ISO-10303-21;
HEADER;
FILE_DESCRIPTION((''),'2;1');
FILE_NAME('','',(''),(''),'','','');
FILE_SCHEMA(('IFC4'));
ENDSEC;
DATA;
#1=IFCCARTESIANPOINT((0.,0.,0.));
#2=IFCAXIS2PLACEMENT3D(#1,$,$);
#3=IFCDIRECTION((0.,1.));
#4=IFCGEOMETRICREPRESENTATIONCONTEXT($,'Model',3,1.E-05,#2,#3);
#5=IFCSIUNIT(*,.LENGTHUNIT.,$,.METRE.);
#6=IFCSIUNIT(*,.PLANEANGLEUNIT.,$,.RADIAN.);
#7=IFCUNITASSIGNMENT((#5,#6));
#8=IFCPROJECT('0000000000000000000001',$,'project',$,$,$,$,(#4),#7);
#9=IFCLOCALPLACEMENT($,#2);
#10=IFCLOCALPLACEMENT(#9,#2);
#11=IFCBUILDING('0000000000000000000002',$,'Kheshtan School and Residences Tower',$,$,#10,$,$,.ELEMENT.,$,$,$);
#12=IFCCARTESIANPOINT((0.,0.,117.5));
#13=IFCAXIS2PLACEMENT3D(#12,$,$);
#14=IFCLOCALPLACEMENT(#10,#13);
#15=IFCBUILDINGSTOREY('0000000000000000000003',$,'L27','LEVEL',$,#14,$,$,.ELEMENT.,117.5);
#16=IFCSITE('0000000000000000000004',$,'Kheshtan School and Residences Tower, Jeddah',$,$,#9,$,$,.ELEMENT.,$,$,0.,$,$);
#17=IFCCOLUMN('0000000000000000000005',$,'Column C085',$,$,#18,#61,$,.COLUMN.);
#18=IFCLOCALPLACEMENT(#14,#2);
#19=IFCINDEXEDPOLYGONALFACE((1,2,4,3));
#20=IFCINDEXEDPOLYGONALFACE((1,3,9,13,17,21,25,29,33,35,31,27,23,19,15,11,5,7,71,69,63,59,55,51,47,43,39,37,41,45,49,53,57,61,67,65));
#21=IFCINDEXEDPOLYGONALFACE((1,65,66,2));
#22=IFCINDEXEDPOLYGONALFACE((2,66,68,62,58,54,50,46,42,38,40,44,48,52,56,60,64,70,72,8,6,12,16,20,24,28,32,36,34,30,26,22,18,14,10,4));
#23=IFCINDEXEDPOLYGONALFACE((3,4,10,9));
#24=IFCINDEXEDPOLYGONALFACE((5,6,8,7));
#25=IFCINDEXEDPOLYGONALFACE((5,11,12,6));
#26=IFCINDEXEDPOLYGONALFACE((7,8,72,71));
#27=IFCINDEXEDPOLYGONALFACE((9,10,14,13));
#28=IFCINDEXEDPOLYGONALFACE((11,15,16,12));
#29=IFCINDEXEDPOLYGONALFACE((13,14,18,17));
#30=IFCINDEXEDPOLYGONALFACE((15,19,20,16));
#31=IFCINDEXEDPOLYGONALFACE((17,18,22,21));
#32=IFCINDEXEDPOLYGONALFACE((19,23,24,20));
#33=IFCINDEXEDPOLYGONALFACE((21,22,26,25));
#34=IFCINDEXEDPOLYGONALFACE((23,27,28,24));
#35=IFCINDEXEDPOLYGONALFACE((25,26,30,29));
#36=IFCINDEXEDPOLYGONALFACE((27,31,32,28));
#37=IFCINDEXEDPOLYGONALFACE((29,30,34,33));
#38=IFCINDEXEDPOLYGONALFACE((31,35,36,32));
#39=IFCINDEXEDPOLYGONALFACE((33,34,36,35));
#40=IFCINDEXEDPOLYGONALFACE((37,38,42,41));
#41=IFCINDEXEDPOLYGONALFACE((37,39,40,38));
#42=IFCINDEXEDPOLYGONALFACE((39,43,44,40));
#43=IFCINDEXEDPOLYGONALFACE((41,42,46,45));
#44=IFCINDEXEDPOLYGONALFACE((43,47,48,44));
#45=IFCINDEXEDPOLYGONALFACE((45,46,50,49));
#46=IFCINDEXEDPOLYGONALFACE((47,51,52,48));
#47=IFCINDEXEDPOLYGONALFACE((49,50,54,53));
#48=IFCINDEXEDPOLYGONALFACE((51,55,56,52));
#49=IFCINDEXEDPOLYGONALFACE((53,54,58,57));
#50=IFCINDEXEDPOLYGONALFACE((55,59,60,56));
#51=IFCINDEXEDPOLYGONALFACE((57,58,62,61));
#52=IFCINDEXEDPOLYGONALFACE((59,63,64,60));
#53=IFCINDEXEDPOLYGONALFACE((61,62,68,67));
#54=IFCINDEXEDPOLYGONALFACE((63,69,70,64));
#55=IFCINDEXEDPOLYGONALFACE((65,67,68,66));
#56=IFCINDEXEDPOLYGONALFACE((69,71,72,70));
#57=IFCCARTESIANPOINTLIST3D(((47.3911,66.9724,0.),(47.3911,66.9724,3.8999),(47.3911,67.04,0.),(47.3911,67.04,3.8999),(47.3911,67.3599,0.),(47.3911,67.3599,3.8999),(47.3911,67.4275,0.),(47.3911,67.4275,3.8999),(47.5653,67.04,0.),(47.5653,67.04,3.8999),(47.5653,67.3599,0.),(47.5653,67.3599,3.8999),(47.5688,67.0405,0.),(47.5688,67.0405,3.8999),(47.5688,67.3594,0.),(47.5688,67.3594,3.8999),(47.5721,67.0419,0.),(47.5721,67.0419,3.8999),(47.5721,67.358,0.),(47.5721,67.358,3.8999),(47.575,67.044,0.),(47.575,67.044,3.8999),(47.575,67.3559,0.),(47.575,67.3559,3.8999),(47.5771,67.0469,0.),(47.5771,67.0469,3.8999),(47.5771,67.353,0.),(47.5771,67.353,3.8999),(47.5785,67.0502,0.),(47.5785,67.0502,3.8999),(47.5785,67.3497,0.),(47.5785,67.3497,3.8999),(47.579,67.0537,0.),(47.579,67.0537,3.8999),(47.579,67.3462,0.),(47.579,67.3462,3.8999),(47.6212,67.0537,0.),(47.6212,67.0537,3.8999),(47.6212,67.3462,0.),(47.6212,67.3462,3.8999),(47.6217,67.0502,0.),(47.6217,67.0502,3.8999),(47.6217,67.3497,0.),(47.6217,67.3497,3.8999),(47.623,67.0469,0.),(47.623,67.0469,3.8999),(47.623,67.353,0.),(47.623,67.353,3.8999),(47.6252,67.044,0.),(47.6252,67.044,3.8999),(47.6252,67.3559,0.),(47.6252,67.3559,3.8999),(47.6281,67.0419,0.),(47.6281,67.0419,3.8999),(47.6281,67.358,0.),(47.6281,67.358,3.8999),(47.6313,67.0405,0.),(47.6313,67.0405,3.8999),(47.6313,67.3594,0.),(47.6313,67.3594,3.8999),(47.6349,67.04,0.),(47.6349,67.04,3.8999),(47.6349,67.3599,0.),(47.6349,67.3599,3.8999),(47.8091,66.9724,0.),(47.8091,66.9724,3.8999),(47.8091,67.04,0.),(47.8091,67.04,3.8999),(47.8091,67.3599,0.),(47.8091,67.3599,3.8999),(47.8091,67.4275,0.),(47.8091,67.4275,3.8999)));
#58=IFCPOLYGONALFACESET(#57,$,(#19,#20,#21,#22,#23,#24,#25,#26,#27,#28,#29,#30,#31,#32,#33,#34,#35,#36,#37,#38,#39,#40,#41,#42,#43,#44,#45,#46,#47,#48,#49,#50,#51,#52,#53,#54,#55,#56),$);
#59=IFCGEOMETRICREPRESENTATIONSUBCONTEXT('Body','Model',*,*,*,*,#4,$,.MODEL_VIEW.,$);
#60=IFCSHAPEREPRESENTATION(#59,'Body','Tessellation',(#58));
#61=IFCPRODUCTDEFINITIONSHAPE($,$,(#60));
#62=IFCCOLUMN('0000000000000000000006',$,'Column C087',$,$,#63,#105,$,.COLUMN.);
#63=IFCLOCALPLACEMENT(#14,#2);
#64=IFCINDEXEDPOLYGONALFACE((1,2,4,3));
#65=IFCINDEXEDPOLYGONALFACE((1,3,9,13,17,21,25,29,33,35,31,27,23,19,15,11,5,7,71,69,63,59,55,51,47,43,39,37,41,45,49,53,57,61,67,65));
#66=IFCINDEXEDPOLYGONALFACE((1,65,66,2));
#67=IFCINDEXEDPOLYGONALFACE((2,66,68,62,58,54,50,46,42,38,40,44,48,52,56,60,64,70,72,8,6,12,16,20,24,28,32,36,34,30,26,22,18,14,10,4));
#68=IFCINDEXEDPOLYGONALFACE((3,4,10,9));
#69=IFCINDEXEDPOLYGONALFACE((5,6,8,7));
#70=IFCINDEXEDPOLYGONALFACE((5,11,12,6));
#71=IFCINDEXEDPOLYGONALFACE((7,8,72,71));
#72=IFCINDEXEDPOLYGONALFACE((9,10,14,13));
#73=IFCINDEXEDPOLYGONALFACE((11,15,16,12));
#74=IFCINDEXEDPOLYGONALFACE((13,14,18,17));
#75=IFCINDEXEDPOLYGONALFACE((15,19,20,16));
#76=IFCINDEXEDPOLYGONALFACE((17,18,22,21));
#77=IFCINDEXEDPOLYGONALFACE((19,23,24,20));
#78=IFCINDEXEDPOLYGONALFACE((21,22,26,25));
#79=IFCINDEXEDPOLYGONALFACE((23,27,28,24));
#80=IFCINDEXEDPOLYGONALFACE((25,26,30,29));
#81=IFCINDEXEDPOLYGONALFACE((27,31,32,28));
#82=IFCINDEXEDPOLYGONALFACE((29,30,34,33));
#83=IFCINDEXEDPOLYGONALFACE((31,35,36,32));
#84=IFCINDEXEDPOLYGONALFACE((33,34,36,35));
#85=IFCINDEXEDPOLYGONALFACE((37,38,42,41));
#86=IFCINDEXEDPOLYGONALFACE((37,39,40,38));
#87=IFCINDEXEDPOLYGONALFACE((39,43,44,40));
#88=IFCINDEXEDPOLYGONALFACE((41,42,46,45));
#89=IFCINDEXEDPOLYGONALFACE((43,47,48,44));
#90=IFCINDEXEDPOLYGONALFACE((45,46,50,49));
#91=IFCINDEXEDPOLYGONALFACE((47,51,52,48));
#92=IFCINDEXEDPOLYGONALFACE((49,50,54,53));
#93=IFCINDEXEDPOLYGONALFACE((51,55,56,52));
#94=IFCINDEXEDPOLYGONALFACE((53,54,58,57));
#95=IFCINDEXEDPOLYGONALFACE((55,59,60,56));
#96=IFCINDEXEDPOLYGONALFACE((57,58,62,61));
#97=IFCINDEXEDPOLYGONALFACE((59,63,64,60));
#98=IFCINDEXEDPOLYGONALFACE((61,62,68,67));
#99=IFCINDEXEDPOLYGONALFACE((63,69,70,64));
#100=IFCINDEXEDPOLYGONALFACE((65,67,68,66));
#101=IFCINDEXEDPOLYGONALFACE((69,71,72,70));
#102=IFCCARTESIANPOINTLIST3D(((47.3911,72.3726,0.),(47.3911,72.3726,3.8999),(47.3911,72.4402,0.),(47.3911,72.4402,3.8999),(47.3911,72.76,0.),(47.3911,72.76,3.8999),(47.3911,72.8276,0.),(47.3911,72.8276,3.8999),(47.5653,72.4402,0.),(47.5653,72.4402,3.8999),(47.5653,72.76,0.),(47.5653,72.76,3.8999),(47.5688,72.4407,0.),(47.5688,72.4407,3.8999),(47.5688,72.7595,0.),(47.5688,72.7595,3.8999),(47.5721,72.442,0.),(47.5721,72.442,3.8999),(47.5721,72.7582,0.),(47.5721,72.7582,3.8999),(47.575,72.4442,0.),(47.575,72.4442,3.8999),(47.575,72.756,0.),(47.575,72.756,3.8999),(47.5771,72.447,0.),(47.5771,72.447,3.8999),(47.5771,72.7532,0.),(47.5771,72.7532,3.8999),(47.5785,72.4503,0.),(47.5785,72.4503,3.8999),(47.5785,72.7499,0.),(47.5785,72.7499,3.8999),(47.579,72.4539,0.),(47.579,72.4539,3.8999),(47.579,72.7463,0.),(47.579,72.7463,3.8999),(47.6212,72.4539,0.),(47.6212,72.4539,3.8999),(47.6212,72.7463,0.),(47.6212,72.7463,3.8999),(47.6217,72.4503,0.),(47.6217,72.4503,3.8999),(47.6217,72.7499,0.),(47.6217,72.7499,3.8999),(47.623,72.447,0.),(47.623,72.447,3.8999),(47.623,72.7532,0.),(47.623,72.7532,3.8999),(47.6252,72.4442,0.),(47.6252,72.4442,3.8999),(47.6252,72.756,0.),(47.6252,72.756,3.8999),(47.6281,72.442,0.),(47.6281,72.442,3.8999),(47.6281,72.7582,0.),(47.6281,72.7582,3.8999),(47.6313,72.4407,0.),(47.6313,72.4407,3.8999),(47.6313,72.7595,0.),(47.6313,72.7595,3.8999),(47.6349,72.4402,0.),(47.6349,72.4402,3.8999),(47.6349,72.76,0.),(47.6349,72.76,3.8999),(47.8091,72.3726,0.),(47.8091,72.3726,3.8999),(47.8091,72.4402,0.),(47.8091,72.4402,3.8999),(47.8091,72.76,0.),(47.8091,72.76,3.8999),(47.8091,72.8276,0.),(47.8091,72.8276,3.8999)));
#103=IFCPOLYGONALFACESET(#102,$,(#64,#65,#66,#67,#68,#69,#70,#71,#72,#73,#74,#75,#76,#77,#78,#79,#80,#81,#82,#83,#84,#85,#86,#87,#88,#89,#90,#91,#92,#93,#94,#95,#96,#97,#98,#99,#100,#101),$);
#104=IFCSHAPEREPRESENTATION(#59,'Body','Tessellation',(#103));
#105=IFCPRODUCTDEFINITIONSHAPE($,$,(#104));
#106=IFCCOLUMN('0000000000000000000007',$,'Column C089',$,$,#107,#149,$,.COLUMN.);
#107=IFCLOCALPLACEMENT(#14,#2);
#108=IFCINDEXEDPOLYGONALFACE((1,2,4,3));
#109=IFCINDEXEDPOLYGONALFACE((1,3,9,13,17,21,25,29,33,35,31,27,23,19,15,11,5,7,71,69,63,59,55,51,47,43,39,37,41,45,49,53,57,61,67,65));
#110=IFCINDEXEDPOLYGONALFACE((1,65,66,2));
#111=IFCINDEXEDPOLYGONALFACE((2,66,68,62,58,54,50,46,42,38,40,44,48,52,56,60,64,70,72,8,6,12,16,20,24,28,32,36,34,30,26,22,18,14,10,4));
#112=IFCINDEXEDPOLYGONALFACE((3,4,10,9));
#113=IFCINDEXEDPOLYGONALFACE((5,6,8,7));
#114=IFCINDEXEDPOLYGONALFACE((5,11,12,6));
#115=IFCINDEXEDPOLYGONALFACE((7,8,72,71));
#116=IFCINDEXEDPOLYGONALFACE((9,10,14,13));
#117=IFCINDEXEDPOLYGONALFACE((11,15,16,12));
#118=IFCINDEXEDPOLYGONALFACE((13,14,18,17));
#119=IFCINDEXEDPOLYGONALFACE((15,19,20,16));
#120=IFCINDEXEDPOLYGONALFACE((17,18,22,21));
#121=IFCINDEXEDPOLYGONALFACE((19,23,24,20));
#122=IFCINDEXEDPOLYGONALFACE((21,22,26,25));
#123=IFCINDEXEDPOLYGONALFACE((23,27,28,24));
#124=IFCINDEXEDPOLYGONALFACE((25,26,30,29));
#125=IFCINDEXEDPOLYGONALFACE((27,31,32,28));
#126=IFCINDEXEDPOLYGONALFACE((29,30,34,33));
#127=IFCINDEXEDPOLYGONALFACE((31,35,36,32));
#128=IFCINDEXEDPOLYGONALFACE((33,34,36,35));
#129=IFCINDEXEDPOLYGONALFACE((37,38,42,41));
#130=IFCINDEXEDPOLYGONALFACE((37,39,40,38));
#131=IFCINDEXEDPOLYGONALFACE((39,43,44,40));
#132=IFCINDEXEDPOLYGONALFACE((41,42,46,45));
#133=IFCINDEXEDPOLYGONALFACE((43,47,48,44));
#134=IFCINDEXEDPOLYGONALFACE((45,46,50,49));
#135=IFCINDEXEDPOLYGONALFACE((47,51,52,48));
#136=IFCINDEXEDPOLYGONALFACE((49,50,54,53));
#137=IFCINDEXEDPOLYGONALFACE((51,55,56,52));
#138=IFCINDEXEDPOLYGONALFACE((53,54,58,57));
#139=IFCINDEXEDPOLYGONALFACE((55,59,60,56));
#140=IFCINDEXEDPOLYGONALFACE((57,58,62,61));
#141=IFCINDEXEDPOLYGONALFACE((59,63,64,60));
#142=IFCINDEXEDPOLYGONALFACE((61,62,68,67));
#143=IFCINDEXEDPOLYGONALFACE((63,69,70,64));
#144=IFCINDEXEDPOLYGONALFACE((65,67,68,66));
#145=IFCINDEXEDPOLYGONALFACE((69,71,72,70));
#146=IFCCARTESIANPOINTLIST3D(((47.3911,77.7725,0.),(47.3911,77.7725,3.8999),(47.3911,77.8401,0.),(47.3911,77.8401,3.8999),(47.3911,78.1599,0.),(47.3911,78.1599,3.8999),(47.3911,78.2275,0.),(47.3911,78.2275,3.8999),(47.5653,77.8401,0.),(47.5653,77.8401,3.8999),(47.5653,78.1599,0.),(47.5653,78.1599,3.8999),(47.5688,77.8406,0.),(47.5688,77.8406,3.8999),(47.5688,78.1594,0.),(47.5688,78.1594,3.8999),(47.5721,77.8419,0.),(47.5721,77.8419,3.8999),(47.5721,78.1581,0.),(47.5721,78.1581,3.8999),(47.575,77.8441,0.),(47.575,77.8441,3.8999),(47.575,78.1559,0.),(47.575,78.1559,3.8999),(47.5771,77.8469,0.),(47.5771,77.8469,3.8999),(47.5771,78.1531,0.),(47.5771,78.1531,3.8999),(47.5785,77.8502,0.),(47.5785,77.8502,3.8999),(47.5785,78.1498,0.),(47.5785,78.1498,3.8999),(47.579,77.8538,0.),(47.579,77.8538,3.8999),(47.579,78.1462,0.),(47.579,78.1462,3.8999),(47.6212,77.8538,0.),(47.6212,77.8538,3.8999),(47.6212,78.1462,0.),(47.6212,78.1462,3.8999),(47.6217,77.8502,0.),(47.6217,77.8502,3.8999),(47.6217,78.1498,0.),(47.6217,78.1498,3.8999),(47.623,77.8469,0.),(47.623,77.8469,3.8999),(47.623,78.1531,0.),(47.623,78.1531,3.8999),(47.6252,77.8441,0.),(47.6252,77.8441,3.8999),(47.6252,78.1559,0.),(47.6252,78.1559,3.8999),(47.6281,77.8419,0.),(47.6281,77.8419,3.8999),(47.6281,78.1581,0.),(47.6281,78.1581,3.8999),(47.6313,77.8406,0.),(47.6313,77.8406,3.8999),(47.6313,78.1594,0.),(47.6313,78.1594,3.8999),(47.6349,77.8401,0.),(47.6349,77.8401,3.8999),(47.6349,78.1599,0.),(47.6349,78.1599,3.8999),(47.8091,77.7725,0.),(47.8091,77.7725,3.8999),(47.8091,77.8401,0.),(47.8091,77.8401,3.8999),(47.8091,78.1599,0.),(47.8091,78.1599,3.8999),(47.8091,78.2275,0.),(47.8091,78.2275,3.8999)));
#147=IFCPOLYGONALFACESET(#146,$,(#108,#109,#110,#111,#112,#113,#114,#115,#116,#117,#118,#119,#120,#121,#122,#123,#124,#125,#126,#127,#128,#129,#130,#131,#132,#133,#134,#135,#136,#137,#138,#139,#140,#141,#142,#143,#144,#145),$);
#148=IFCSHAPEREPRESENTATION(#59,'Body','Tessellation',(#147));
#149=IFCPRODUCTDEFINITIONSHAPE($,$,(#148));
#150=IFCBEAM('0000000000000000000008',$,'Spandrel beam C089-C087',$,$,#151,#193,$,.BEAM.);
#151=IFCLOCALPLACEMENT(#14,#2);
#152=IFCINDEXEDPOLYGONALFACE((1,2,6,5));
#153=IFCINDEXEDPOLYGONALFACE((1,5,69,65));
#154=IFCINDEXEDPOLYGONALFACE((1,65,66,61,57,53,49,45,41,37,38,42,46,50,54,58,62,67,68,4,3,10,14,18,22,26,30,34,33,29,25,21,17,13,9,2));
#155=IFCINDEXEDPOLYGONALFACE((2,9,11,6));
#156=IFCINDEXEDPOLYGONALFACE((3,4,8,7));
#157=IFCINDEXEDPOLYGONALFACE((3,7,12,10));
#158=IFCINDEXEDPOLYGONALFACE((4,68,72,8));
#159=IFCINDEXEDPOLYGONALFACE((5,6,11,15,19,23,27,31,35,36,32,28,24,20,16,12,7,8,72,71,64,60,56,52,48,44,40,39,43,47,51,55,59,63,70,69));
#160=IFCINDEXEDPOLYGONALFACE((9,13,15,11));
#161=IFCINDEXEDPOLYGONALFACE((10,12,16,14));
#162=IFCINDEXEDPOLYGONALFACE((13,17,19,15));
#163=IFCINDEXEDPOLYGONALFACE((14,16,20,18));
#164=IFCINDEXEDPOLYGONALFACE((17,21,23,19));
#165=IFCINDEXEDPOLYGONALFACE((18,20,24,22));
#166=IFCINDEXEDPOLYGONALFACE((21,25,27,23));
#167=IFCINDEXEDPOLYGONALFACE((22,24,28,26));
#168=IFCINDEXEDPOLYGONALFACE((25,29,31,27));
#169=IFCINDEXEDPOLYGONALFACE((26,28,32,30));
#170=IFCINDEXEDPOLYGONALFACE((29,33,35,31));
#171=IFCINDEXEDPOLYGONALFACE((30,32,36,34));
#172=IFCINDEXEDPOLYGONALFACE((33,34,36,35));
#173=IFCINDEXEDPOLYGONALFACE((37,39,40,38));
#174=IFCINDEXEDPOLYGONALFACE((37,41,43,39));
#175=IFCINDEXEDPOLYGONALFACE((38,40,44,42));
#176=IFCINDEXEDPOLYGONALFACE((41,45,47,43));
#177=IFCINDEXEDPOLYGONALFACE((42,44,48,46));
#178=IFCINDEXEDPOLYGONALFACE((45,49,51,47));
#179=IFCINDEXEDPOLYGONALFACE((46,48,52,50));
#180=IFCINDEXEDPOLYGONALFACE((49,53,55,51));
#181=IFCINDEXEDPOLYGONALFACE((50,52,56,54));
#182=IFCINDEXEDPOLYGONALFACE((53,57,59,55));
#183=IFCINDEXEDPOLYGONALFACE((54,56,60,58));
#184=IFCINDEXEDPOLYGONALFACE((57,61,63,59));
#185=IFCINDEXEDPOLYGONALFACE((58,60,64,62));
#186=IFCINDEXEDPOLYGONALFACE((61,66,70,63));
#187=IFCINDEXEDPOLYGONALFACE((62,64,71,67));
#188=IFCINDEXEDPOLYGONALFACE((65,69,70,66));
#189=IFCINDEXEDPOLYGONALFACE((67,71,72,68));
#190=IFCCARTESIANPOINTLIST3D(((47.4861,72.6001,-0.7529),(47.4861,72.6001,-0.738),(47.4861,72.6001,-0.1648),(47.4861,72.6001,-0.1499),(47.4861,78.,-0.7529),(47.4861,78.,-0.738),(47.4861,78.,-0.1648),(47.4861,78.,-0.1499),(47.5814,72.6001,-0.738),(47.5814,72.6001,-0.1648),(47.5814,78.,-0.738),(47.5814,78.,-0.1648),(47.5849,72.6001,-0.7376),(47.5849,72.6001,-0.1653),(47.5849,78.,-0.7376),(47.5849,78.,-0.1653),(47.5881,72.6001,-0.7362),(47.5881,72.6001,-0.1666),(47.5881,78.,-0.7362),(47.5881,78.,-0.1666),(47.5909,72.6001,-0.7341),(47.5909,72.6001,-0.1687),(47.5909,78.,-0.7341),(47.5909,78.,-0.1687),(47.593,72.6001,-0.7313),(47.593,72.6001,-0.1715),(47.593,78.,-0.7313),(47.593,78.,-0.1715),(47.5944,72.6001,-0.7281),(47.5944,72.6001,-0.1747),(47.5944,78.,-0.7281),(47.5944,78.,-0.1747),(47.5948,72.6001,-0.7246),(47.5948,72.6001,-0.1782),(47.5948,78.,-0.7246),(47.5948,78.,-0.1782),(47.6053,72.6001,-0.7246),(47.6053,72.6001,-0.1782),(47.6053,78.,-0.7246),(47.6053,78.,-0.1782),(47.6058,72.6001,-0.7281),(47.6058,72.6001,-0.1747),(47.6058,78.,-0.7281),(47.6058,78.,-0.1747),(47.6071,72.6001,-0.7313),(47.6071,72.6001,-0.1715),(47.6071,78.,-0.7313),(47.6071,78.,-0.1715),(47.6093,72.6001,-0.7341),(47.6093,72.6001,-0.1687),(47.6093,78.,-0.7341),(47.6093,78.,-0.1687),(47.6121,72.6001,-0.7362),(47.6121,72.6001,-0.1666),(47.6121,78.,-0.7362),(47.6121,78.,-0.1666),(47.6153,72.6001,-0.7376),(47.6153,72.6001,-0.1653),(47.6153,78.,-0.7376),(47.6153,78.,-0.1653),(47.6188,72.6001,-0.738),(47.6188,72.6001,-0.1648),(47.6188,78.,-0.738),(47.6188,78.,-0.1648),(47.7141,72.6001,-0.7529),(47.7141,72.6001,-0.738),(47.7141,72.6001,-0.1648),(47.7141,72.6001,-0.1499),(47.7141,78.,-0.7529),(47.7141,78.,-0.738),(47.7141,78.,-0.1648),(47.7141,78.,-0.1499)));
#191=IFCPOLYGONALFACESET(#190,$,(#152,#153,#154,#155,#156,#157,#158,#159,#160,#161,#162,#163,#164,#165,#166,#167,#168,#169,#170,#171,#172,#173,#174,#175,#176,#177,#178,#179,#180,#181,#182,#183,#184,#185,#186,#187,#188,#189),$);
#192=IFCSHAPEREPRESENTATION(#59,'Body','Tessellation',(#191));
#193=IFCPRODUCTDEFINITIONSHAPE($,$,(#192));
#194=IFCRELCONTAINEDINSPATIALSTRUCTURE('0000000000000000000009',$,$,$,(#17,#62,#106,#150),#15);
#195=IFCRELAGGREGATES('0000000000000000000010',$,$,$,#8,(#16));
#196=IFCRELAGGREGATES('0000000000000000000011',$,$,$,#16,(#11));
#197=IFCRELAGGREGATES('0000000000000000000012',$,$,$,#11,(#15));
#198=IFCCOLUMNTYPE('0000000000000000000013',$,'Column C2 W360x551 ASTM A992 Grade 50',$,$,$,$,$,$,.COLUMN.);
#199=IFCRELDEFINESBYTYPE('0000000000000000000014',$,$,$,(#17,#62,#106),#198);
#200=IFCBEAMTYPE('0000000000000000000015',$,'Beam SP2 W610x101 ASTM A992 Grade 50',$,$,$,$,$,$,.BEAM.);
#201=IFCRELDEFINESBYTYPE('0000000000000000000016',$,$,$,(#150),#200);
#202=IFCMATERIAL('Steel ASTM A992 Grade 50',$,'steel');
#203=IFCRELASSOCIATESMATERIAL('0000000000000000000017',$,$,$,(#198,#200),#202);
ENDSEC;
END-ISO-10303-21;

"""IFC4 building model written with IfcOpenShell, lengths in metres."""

from ifc_helpers import new_model, si_unit, direction, frame, origin, origin_2d, place, context, subcontext, project, spatial, i_section, extrude, material, material_profile, profile_set, type_object, element, save


model = new_model("IFC4")

# Units and contexts
model_context = context("Model", 3, precision=1e-05, world=origin(), true_north=direction((0.0, 1.0)))
body_context = subcontext(model_context, "Body", "Model", "MODEL_VIEW")
ifc_project = project(units=[si_unit("LENGTHUNIT", "METRE"), si_unit("PLANEANGLEUNIT", "RADIAN")], contexts=[model_context])

# Site, building, storey
site_placement = place(None, origin())
site = spatial("IfcSite", under=ifc_project, at=site_placement, Name="Kheshtan School and Residences Tower, Jeddah", CompositionType="ELEMENT", RefElevation=0.0)
building_placement = place(site_placement, origin())
building = spatial("IfcBuilding", under=site, at=building_placement, Name="Kheshtan School and Residences Tower", CompositionType="ELEMENT")
storey_placement = place(building_placement, frame((0.0, 0.0, 117.5)))
storey = spatial("IfcBuildingStorey", under=building, at=storey_placement, Name="L27", Description="LEVEL", CompositionType="ELEMENT", Elevation=117.5)

# Columns
ifc_material_1 = material(Name="Steel ASTM A992 Grade 50", Category="steel")
ifc_material_profile_1 = material_profile(ifc_material_1, i_section(OverallWidth=0.418, OverallDepth=0.4551, WebThickness=0.0422, FlangeThickness=0.0676, FilletRadius=0.0137, at=origin_2d()), Name="W360x551")
ifc_profile_set_1 = profile_set([ifc_material_profile_1], Name="Steel ASTM A992 Grade 50")
column_type = type_object("IfcColumnType", Name="Column C2 W360x551 ASTM A992 Grade 50", PredefinedType="COLUMN", material=ifc_profile_set_1)
for number, where, z_axis, x_axis, name in (
    (1, (47.6001, 67.2, 0.0), (0.0, 0.0, 1.0), (1.0, 0.0, 0.0), "Column C085"),
    (2, (47.6001, 72.6001, 0.0), (0.0, 0.0, 1.0), (1.0, 0.0, 0.0), "Column C087"),
    (3, (47.6001, 78.0, 0.0), (0.0, 0.0, 1.0), (1.0, 0.0, 0.0), "Column C089"),
):
    element("IfcColumn", number, at=place(storey_placement, frame(where, z_axis=z_axis, x_axis=x_axis)), inside=storey, type_object=column_type, Name=name, PredefinedType="COLUMN", context=body_context, shape_type="SweptSolid", body=[
        extrude(i_section(OverallWidth=0.418, OverallDepth=0.4551, WebThickness=0.0422, FlangeThickness=0.0676, FilletRadius=0.0137, at=origin_2d()), origin(), (0.0, 0.0, 1.0), 3.8999),
    ])

# Beam
ifc_material_profile_2 = material_profile(ifc_material_1, i_section(OverallWidth=0.228, OverallDepth=0.603, WebThickness=0.0105, FlangeThickness=0.0149, FilletRadius=0.0134, at=origin_2d()), Name="W610x101")
ifc_profile_set_2 = profile_set([ifc_material_profile_2], Name="Steel ASTM A992 Grade 50")
beam_type = type_object("IfcBeamType", Name="Beam SP2 W610x101 ASTM A992 Grade 50", PredefinedType="BEAM", material=ifc_profile_set_2)
beam_1_placement = place(storey_placement, frame((47.6001, 78.0, -0.4514), z_axis=(0.0, -1.0, 0.0), x_axis=(1.0, 0.0, 0.0)))
element("IfcBeam", 4, at=beam_1_placement, inside=storey, type_object=beam_type, Name="Spandrel beam C089-C087", PredefinedType="BEAM", context=body_context, shape_type="SweptSolid", body=[
    extrude(i_section(OverallWidth=0.228, OverallDepth=0.603, WebThickness=0.0105, FlangeThickness=0.0149, FilletRadius=0.0134, at=origin_2d()), origin(), (0.0, 0.0, 1.0), 5.3999),
])

save(model, "model.ifc")
